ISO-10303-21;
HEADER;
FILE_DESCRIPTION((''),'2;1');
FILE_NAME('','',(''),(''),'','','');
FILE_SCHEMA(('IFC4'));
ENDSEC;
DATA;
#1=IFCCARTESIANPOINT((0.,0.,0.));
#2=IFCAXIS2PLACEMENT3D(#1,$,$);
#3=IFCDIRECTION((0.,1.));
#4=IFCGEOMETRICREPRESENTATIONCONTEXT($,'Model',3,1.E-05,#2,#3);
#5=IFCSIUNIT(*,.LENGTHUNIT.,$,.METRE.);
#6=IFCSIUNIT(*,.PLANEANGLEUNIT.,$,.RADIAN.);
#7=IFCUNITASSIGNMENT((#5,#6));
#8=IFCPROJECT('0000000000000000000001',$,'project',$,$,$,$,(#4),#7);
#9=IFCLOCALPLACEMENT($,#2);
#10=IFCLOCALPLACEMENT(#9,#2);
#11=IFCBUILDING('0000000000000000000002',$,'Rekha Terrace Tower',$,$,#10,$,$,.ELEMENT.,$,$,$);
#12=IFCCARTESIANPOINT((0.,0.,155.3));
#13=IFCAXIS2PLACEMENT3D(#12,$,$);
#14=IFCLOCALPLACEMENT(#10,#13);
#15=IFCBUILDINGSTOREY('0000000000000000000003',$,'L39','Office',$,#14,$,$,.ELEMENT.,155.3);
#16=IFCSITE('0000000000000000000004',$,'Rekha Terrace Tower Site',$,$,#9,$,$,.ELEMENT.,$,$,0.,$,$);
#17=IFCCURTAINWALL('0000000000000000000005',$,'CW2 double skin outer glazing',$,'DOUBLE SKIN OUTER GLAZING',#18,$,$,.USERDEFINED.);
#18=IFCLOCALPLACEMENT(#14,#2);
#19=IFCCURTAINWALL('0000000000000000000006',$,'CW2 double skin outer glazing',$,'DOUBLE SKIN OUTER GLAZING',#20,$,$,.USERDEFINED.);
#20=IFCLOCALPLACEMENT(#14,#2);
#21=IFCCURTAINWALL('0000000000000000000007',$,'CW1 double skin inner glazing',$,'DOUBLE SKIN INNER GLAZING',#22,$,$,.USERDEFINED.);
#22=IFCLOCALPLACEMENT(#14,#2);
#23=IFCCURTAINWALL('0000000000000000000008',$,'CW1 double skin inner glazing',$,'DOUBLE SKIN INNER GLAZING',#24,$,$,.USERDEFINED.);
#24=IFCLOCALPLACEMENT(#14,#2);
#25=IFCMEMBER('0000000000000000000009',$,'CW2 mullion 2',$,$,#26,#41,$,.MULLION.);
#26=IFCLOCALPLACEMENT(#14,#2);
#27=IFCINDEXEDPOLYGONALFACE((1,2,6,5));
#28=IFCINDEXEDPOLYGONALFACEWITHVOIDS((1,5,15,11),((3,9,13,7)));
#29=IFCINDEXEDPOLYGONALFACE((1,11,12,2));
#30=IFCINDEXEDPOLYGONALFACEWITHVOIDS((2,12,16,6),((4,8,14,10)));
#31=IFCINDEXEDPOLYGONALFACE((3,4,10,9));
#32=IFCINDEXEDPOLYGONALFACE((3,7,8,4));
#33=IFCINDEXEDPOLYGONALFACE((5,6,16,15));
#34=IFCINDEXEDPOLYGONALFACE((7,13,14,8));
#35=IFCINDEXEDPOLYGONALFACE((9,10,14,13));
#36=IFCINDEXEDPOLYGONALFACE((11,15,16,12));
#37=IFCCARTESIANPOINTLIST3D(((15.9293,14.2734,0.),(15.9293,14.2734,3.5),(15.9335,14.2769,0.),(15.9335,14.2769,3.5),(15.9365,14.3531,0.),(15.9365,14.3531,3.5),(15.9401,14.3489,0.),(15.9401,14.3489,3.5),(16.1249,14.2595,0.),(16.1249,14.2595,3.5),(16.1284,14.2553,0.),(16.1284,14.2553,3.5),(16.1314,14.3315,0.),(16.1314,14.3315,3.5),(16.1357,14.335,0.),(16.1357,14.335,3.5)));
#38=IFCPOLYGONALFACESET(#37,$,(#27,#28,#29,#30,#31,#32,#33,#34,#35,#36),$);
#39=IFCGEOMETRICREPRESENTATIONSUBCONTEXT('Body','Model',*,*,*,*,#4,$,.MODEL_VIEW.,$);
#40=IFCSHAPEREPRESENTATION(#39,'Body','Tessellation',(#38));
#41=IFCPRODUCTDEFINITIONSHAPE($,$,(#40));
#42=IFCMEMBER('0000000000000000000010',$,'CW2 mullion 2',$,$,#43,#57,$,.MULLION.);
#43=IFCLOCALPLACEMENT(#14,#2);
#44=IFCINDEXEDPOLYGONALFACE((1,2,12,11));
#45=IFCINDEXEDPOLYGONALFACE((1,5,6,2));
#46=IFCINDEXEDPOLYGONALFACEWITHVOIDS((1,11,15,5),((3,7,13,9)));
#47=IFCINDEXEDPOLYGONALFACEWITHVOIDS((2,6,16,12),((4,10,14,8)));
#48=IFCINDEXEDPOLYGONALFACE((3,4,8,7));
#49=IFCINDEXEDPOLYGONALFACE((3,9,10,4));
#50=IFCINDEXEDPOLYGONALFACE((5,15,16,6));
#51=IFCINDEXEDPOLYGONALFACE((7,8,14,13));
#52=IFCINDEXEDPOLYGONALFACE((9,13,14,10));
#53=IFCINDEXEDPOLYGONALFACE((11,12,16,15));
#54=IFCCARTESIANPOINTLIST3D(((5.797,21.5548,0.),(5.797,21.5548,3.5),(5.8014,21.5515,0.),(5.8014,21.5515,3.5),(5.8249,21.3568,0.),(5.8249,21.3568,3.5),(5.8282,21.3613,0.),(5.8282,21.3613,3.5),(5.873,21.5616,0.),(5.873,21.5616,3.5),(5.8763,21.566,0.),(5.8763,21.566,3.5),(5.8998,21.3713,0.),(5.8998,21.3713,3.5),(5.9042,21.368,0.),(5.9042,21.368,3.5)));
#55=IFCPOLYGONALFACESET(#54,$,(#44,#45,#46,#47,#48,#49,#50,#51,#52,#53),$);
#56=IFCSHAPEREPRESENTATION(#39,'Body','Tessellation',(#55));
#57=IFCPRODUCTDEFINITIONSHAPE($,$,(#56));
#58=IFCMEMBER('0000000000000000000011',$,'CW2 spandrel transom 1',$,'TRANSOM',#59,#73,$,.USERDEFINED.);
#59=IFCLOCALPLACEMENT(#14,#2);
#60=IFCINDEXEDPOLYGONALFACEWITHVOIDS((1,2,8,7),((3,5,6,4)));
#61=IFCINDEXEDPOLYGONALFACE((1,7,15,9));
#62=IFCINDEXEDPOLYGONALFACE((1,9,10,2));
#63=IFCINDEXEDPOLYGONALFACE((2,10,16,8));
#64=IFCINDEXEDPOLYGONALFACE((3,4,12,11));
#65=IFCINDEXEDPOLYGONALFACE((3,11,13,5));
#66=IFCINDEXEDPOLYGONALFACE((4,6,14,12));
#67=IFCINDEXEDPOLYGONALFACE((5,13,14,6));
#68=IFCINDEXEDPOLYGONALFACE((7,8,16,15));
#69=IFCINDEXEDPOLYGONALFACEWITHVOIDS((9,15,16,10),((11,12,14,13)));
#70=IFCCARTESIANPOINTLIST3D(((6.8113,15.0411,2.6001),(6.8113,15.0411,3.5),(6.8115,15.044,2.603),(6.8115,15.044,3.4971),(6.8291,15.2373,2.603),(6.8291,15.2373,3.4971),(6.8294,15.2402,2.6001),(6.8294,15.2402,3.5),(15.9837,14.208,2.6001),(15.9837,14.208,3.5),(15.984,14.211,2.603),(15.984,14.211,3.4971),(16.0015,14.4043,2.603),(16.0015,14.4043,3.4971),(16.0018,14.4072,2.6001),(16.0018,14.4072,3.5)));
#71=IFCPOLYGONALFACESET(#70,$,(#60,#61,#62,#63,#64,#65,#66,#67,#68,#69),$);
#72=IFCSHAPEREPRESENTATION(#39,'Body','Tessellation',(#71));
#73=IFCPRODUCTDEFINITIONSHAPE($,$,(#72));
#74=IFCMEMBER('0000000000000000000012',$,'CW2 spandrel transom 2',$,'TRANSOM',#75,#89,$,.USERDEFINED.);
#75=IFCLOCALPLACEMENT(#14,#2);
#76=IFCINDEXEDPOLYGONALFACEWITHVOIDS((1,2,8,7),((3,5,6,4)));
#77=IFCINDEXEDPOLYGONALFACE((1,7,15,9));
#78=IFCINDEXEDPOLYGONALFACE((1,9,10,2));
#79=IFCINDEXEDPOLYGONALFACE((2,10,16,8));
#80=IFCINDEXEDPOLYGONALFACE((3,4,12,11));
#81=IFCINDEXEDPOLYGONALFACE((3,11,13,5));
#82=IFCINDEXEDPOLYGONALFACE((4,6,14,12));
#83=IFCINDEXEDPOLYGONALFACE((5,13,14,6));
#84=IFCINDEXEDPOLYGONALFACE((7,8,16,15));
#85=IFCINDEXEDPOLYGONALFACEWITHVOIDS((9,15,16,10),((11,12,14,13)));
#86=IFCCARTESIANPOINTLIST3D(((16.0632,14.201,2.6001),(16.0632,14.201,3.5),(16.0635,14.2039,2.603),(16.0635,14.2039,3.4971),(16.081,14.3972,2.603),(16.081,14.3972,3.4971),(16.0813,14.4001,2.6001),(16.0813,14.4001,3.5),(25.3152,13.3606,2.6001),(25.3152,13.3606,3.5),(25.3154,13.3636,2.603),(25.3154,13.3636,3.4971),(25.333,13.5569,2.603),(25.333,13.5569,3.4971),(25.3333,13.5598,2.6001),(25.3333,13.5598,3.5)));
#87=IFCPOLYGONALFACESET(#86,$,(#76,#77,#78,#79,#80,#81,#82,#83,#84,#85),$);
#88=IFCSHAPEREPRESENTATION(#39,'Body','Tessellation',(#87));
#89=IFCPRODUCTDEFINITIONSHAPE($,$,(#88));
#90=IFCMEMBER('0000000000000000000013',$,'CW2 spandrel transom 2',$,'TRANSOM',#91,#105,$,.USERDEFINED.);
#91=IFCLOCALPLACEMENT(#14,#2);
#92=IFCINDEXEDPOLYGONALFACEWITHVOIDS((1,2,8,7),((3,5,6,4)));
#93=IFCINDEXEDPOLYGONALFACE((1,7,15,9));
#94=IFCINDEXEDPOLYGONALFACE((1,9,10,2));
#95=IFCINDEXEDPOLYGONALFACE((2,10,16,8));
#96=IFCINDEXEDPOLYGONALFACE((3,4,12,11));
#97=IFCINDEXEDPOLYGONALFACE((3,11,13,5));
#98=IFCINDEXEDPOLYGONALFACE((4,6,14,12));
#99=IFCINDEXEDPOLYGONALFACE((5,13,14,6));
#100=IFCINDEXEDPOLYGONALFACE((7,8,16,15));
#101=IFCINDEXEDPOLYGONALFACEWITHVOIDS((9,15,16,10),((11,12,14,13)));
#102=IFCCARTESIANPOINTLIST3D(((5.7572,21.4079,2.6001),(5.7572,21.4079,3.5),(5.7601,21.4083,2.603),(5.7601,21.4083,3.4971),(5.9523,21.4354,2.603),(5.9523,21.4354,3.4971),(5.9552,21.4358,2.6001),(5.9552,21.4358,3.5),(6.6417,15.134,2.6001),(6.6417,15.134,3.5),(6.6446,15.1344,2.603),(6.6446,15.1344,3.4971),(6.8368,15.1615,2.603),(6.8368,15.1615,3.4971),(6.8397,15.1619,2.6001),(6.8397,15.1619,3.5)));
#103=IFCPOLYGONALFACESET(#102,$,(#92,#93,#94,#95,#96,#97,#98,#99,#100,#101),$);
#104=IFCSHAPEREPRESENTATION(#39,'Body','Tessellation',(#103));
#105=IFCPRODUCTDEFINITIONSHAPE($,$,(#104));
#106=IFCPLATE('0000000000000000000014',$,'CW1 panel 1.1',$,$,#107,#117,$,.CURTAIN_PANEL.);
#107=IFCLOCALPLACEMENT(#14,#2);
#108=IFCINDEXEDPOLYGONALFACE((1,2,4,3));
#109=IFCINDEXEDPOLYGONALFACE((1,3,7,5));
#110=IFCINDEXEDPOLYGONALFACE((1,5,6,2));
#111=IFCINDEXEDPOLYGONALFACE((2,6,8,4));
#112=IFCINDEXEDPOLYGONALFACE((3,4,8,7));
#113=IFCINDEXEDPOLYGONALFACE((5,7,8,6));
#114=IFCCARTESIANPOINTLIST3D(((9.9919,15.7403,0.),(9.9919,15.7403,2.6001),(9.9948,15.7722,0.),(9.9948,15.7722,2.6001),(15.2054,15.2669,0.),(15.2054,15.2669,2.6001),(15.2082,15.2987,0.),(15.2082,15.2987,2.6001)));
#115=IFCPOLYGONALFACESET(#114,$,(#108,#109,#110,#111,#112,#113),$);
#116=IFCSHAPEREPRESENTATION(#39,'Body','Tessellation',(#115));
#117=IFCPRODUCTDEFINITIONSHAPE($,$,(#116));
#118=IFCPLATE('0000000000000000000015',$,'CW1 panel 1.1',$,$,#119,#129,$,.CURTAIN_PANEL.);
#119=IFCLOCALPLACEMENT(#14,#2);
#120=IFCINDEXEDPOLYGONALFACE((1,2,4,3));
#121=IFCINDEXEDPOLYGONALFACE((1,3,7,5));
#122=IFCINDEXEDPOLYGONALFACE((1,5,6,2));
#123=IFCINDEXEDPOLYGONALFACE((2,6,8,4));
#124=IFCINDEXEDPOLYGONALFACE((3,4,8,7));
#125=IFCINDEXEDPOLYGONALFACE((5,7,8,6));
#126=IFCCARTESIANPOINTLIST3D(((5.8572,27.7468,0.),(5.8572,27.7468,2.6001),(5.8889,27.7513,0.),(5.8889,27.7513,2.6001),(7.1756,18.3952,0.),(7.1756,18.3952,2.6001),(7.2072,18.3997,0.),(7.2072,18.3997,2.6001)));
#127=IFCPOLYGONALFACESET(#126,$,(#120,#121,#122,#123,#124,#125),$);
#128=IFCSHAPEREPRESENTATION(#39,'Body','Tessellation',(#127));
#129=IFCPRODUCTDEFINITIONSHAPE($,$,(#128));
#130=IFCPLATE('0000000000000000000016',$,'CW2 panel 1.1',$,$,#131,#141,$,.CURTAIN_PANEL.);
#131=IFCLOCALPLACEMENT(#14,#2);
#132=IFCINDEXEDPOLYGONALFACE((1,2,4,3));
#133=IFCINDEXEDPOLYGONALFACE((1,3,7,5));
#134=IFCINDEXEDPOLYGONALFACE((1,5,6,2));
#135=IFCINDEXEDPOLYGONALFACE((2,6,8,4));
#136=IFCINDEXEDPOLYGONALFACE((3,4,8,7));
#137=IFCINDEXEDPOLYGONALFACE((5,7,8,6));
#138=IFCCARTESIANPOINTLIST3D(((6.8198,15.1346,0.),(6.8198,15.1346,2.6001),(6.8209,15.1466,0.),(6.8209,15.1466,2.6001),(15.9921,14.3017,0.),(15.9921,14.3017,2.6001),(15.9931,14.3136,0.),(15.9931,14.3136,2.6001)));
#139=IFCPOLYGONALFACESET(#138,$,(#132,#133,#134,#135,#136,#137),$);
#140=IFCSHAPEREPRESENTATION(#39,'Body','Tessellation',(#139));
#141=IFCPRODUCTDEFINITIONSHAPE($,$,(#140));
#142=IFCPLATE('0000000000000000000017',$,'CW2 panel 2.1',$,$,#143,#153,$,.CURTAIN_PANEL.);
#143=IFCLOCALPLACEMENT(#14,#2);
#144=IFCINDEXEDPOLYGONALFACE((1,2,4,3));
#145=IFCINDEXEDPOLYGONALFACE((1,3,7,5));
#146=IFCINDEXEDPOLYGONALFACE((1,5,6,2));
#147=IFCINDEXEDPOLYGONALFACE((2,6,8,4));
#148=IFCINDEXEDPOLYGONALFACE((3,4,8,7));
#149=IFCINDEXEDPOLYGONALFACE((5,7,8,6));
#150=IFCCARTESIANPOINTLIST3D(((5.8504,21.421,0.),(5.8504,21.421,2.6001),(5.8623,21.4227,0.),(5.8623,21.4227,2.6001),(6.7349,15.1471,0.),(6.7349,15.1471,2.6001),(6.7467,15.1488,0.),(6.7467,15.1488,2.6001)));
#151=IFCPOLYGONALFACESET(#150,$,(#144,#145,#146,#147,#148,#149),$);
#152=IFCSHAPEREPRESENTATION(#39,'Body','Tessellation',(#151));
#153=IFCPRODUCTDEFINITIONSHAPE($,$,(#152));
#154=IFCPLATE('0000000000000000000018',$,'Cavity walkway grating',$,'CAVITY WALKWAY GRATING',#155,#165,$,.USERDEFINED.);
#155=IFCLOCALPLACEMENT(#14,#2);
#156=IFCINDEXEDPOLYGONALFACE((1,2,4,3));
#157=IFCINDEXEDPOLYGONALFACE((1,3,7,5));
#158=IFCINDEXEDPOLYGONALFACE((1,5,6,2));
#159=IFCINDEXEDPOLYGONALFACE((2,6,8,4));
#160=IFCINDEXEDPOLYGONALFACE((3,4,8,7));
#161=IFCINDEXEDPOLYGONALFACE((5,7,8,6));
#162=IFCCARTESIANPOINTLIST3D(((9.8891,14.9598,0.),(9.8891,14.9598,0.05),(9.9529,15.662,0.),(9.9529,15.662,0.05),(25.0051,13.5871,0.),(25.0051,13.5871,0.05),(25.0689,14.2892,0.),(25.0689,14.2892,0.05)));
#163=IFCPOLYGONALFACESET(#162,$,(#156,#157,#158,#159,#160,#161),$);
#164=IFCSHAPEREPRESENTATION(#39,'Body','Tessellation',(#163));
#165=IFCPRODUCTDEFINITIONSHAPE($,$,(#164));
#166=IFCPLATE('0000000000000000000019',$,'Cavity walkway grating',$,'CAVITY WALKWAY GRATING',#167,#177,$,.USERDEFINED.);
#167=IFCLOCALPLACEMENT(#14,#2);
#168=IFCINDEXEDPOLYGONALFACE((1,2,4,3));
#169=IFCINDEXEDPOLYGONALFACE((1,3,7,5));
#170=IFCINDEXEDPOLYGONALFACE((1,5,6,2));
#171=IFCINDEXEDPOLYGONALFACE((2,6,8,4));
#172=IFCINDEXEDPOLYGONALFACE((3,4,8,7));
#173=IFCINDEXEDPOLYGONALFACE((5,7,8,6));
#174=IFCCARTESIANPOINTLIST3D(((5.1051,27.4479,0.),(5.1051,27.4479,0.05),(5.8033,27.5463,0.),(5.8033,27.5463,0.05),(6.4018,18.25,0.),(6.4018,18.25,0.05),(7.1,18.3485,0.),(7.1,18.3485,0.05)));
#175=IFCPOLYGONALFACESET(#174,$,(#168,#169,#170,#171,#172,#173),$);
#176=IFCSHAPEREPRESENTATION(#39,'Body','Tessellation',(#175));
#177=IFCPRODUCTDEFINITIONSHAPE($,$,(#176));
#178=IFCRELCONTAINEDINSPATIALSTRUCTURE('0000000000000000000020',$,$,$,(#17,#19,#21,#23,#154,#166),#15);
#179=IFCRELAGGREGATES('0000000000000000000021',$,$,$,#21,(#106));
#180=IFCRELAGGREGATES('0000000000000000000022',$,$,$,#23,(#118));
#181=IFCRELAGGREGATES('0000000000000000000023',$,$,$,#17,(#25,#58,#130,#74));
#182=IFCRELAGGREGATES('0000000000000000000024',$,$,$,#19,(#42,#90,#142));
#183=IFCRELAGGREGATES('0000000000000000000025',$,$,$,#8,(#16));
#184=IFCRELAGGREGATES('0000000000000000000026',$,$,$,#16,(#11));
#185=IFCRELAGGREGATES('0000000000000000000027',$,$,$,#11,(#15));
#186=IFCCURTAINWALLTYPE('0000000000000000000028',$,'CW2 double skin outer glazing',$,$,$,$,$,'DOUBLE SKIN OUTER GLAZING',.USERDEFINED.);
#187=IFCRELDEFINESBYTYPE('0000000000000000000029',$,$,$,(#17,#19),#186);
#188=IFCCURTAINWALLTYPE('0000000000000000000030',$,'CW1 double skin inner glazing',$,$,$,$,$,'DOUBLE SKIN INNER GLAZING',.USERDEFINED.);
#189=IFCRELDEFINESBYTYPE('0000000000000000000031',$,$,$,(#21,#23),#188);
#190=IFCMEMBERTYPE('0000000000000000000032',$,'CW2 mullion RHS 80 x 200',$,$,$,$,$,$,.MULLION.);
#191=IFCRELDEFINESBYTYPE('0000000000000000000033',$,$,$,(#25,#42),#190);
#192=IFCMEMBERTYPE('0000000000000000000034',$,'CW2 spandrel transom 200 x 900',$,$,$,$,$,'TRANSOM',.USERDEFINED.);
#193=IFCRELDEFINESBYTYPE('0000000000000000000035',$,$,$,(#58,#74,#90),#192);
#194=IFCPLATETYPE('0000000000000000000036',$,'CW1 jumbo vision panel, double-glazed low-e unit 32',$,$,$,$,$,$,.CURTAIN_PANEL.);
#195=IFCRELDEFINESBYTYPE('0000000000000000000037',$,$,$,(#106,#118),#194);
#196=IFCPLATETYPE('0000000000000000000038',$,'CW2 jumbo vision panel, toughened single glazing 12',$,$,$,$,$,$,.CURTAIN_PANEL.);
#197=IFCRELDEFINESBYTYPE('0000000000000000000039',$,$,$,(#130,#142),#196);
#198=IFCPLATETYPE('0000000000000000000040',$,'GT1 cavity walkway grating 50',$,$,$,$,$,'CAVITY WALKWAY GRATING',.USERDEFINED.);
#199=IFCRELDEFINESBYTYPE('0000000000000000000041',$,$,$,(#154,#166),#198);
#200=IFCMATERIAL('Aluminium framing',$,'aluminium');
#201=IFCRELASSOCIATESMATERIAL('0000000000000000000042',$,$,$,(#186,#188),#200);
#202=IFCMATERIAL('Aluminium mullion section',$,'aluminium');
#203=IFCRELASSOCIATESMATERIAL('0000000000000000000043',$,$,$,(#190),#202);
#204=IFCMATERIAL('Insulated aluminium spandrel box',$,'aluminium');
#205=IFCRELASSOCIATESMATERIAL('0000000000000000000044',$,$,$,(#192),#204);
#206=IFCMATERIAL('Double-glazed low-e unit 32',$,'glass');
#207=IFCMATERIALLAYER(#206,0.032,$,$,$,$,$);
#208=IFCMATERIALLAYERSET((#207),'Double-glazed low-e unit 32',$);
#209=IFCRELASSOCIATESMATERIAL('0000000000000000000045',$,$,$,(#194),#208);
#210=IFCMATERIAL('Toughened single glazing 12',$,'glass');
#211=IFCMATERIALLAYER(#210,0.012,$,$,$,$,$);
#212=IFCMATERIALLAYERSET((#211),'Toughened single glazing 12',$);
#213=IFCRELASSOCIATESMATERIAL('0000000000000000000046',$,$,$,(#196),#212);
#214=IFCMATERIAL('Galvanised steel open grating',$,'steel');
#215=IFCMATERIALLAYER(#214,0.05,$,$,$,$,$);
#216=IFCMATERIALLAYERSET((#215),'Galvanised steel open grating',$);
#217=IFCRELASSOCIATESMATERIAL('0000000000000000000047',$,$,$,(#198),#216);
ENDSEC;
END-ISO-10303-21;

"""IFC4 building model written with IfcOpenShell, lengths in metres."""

from ifc_helpers import new_model, si_unit, direction, frame, origin, origin_2d, place, context, subcontext, project, spatial, rectangle, hollow_rectangle, extrude, material, layer, layer_set, material_profile, profile_set, type_object, element, aggregate, save


model = new_model("IFC4")

# Units and contexts
model_context = context("Model", 3, precision=1e-05, world=origin(), true_north=direction((0.0, 1.0)))
body_context = subcontext(model_context, "Body", "Model", "MODEL_VIEW")
ifc_project = project(units=[si_unit("LENGTHUNIT", "METRE"), si_unit("PLANEANGLEUNIT", "RADIAN")], contexts=[model_context])

# Site, building, storey
site_placement = place(None, origin())
site = spatial("IfcSite", under=ifc_project, at=site_placement, Name="Rekha Terrace Tower Site", CompositionType="ELEMENT", RefElevation=0.0)
building_placement = place(site_placement, origin())
building = spatial("IfcBuilding", under=site, at=building_placement, Name="Rekha Terrace Tower", CompositionType="ELEMENT")
storey_placement = place(building_placement, frame((0.0, 0.0, 155.3)))
storey = spatial("IfcBuildingStorey", under=building, at=storey_placement, Name="L39", Description="Office", CompositionType="ELEMENT", Elevation=155.3)

# Curtain walls
ifc_material_1 = material(Name="Aluminium framing", Category="aluminium")
curtain_wall_type_1 = type_object("IfcCurtainWallType", Name="CW2 double skin outer glazing", ElementType="DOUBLE SKIN OUTER GLAZING", PredefinedType="USERDEFINED", material=ifc_material_1)
curtain_wall_1_placement = place(storey_placement, origin())
curtain_wall_1 = element("IfcCurtainWall", 1, at=curtain_wall_1_placement, inside=storey, type_object=curtain_wall_type_1, Name="CW2 double skin outer glazing", ObjectType="DOUBLE SKIN OUTER GLAZING", PredefinedType="USERDEFINED")
curtain_wall_2_placement = place(storey_placement, origin())
curtain_wall_2 = element("IfcCurtainWall", 2, at=curtain_wall_2_placement, inside=storey, type_object=curtain_wall_type_1, Name="CW2 double skin outer glazing", ObjectType="DOUBLE SKIN OUTER GLAZING", PredefinedType="USERDEFINED")

# Curtain wall
curtain_wall_type_2 = type_object("IfcCurtainWallType", Name="CW1 double skin inner glazing", ElementType="DOUBLE SKIN INNER GLAZING", PredefinedType="USERDEFINED", material=ifc_material_1)
curtain_wall_3_placement = place(storey_placement, origin())
curtain_wall_3 = element("IfcCurtainWall", 3, at=curtain_wall_3_placement, inside=storey, type_object=curtain_wall_type_2, Name="CW1 double skin inner glazing", ObjectType="DOUBLE SKIN INNER GLAZING", PredefinedType="USERDEFINED")
ifc_material_2 = material(Name="Aluminium mullion section", Category="aluminium")

# Curtain wall
curtain_wall_4_placement = place(storey_placement, origin())
curtain_wall_4 = element("IfcCurtainWall", 4, at=curtain_wall_4_placement, inside=storey, type_object=curtain_wall_type_2, Name="CW1 double skin inner glazing", ObjectType="DOUBLE SKIN INNER GLAZING", PredefinedType="USERDEFINED")

# Members
ifc_material_3 = material(Name="Insulated aluminium spandrel box", Category="aluminium")
ifc_material_profile_1 = material_profile(ifc_material_2, hollow_rectangle(XDim=0.0801, YDim=0.2, WallThickness=0.0039, at=origin_2d()), Name="AL RHS 80x200")
ifc_profile_set_1 = profile_set([ifc_material_profile_1], Name="Aluminium mullion section")
member_type_1 = type_object("IfcMemberType", Name="CW2 mullion RHS 80 x 200", PredefinedType="MULLION", material=ifc_profile_set_1)
member_1_placement = place(storey_placement, frame((16.0325, 14.3042, 0.0), z_axis=(0.0, 0.0, 1.0), x_axis=(0.09044, 0.995902, 0.0)))
member_1 = element("IfcMember", 5, at=member_1_placement, type_object=member_type_1, Name="CW2 mullion 2", PredefinedType="MULLION", context=body_context, shape_type="SweptSolid", body=[
    extrude(hollow_rectangle(XDim=0.0801, YDim=0.2, WallThickness=0.0039, at=origin_2d()), origin(), (0.0, 0.0, 1.0), 3.5),
])
member_2_placement = place(storey_placement, frame((5.8506, 21.4614, 0.0), z_axis=(0.0, 0.0, 1.0), x_axis=(0.990208, 0.139597, 0.0)))
member_2 = element("IfcMember", 6, at=member_2_placement, type_object=member_type_1, Name="CW2 mullion 2", PredefinedType="MULLION", context=body_context, shape_type="SweptSolid", body=[
    extrude(hollow_rectangle(XDim=0.0801, YDim=0.2, WallThickness=0.0039, at=origin_2d()), origin(), (0.0, 0.0, 1.0), 3.5),
])
ifc_material_profile_2 = material_profile(ifc_material_3, hollow_rectangle(XDim=0.2, YDim=0.8999, WallThickness=0.0029, at=origin_2d()), Name="AL SPANDREL BOX 200x900")
ifc_profile_set_2 = profile_set([ifc_material_profile_2], Name="Insulated aluminium spandrel box")
member_type_2 = type_object("IfcMemberType", Name="CW2 spandrel transom 200 x 900", ElementType="TRANSOM", PredefinedType="USERDEFINED", material=ifc_profile_set_2)
member_3_placement = place(storey_placement, frame((6.8203, 15.1406, 3.05), z_axis=(0.995901, -0.090445, 0.0), x_axis=(0.090445, 0.995901, 0.0)))
member_3 = element("IfcMember", 7, at=member_3_placement, type_object=member_type_2, Name="CW2 spandrel transom 1", ObjectType="TRANSOM", PredefinedType="USERDEFINED", context=body_context, shape_type="SweptSolid", body=[
    extrude(hollow_rectangle(XDim=0.2, YDim=0.8999, WallThickness=0.0029, at=origin_2d()), origin(), (0.0, 0.0, 1.0), 9.2102),
])
member_4_placement = place(storey_placement, frame((16.0723, 14.3005, 3.05), z_axis=(0.995901, -0.090455, 0.0), x_axis=(0.090455, 0.995901, 0.0)))
member_4 = element("IfcMember", 8, at=member_4_placement, type_object=member_type_2, Name="CW2 spandrel transom 2", ObjectType="TRANSOM", PredefinedType="USERDEFINED", context=body_context, shape_type="SweptSolid", body=[
    extrude(hollow_rectangle(XDim=0.2, YDim=0.8999, WallThickness=0.0029, at=origin_2d()), origin(), (0.0, 0.0, 1.0), 9.29),
])
member_5_placement = place(storey_placement, frame((5.8562, 21.4219, 3.05), z_axis=(0.139603, -0.990208, 0.0), x_axis=(0.990208, 0.139603, 0.0)))
member_5 = element("IfcMember", 9, at=member_5_placement, type_object=member_type_2, Name="CW2 spandrel transom 2", ObjectType="TRANSOM", PredefinedType="USERDEFINED", context=body_context, shape_type="SweptSolid", body=[
    extrude(hollow_rectangle(XDim=0.2, YDim=0.8999, WallThickness=0.0029, at=origin_2d()), origin(), (0.0, 0.0, 1.0), 6.3359),
])

# Plates
ifc_material_4 = material(Name="Double-glazed low-e unit 32", Category="glass")
ifc_layer_1 = layer(ifc_material_4, 0.032)
ifc_layer_set_1 = layer_set([ifc_layer_1], Name="Double-glazed low-e unit 32")
plate_type_1 = type_object("IfcPlateType", Name="CW1 jumbo vision panel, double-glazed low-e unit 32", PredefinedType="CURTAIN_PANEL", material=ifc_layer_set_1)
plate_1_placement = place(storey_placement, frame((12.6001, 15.5195, 0.0), z_axis=(0.0, 0.0, 1.0), x_axis=(0.995902, -0.09044, 0.0)))
plate_1 = element("IfcPlate", 10, at=plate_1_placement, type_object=plate_type_1, Name="CW1 panel 1.1", PredefinedType="CURTAIN_PANEL", context=body_context, shape_type="SweptSolid", body=[
    extrude(rectangle(XDim=5.2349, YDim=0.032, at=origin_2d()), origin(), (0.0, 0.0, 1.0), 2.6001),
])
aggregate(curtain_wall_3, [plate_1])
plate_2_placement = place(storey_placement, frame((6.5322, 23.0732, 0.0), z_axis=(0.0, 0.0, 1.0), x_axis=(0.139597, -0.990208, 0.0)))
plate_2 = element("IfcPlate", 11, at=plate_2_placement, type_object=plate_type_1, Name="CW1 panel 1.1", PredefinedType="CURTAIN_PANEL", context=body_context, shape_type="SweptSolid", body=[
    extrude(rectangle(XDim=9.4441, YDim=0.032, at=origin_2d()), origin(), (0.0, 0.0, 1.0), 2.6001),
])
aggregate(curtain_wall_4, [plate_2])
ifc_material_5 = material(Name="Toughened single glazing 12", Category="glass")
ifc_layer_2 = layer(ifc_material_5, 0.012)
ifc_layer_set_2 = layer_set([ifc_layer_2], Name="Toughened single glazing 12")
plate_type_2 = type_object("IfcPlateType", Name="CW2 jumbo vision panel, toughened single glazing 12", PredefinedType="CURTAIN_PANEL", material=ifc_layer_set_2)
plate_3_placement = place(storey_placement, frame((11.4065, 14.7241, 0.0), z_axis=(0.0, 0.0, 1.0), x_axis=(0.995902, -0.09044, 0.0)))
plate_3 = element("IfcPlate", 12, at=plate_3_placement, type_object=plate_type_2, Name="CW2 panel 1.1", PredefinedType="CURTAIN_PANEL", context=body_context, shape_type="SweptSolid", body=[
    extrude(rectangle(XDim=9.21, YDim=0.012, at=origin_2d()), origin(), (0.0, 0.0, 1.0), 2.6001),
])
aggregate(curtain_wall_1, [member_1, member_3, plate_3, member_4])
plate_4_placement = place(storey_placement, frame((6.2986, 18.2849, 0.0), z_axis=(0.0, 0.0, 1.0), x_axis=(0.139597, -0.990208, 0.0)))
plate_4 = element("IfcPlate", 13, at=plate_4_placement, type_object=plate_type_2, Name="CW2 panel 2.1", PredefinedType="CURTAIN_PANEL", context=body_context, shape_type="SweptSolid", body=[
    extrude(rectangle(XDim=6.3359, YDim=0.012, at=origin_2d()), origin(), (0.0, 0.0, 1.0), 2.6001),
])
aggregate(curtain_wall_2, [member_2, member_5, plate_4])

# Plates
ifc_material_6 = material(Name="Galvanised steel open grating", Category="steel")
ifc_layer_3 = layer(ifc_material_6, 0.05)
ifc_layer_set_3 = layer_set([ifc_layer_3], Name="Galvanised steel open grating")
plate_type_3 = type_object("IfcPlateType", Name="GT1 cavity walkway grating 50", ElementType="CAVITY WALKWAY GRATING", PredefinedType="USERDEFINED", material=ifc_layer_set_3)
plate_5_placement = place(storey_placement, frame((17.479, 14.6245, 0.0), z_axis=(0.0, 0.0, 1.0), x_axis=(0.995902, -0.09044, 0.0)))
element("IfcPlate", 14, at=plate_5_placement, inside=storey, type_object=plate_type_3, Name="Cavity walkway grating", ObjectType="CAVITY WALKWAY GRATING", PredefinedType="USERDEFINED", context=body_context, shape_type="SweptSolid", body=[
    extrude(rectangle(XDim=15.1782, YDim=0.7051, at=origin_2d()), origin(), (0.0, 0.0, 1.0), 0.05),
])
plate_6_placement = place(storey_placement, frame((6.1025, 22.8982, 0.0), z_axis=(0.0, 0.0, 1.0), x_axis=(0.139597, -0.990208, 0.0)))
element("IfcPlate", 15, at=plate_6_placement, inside=storey, type_object=plate_type_3, Name="Cavity walkway grating", ObjectType="CAVITY WALKWAY GRATING", PredefinedType="USERDEFINED", context=body_context, shape_type="SweptSolid", body=[
    extrude(rectangle(XDim=9.2888, YDim=0.7051, at=origin_2d()), origin(), (0.0, 0.0, 1.0), 0.05),
])

save(model, "model.ifc")
